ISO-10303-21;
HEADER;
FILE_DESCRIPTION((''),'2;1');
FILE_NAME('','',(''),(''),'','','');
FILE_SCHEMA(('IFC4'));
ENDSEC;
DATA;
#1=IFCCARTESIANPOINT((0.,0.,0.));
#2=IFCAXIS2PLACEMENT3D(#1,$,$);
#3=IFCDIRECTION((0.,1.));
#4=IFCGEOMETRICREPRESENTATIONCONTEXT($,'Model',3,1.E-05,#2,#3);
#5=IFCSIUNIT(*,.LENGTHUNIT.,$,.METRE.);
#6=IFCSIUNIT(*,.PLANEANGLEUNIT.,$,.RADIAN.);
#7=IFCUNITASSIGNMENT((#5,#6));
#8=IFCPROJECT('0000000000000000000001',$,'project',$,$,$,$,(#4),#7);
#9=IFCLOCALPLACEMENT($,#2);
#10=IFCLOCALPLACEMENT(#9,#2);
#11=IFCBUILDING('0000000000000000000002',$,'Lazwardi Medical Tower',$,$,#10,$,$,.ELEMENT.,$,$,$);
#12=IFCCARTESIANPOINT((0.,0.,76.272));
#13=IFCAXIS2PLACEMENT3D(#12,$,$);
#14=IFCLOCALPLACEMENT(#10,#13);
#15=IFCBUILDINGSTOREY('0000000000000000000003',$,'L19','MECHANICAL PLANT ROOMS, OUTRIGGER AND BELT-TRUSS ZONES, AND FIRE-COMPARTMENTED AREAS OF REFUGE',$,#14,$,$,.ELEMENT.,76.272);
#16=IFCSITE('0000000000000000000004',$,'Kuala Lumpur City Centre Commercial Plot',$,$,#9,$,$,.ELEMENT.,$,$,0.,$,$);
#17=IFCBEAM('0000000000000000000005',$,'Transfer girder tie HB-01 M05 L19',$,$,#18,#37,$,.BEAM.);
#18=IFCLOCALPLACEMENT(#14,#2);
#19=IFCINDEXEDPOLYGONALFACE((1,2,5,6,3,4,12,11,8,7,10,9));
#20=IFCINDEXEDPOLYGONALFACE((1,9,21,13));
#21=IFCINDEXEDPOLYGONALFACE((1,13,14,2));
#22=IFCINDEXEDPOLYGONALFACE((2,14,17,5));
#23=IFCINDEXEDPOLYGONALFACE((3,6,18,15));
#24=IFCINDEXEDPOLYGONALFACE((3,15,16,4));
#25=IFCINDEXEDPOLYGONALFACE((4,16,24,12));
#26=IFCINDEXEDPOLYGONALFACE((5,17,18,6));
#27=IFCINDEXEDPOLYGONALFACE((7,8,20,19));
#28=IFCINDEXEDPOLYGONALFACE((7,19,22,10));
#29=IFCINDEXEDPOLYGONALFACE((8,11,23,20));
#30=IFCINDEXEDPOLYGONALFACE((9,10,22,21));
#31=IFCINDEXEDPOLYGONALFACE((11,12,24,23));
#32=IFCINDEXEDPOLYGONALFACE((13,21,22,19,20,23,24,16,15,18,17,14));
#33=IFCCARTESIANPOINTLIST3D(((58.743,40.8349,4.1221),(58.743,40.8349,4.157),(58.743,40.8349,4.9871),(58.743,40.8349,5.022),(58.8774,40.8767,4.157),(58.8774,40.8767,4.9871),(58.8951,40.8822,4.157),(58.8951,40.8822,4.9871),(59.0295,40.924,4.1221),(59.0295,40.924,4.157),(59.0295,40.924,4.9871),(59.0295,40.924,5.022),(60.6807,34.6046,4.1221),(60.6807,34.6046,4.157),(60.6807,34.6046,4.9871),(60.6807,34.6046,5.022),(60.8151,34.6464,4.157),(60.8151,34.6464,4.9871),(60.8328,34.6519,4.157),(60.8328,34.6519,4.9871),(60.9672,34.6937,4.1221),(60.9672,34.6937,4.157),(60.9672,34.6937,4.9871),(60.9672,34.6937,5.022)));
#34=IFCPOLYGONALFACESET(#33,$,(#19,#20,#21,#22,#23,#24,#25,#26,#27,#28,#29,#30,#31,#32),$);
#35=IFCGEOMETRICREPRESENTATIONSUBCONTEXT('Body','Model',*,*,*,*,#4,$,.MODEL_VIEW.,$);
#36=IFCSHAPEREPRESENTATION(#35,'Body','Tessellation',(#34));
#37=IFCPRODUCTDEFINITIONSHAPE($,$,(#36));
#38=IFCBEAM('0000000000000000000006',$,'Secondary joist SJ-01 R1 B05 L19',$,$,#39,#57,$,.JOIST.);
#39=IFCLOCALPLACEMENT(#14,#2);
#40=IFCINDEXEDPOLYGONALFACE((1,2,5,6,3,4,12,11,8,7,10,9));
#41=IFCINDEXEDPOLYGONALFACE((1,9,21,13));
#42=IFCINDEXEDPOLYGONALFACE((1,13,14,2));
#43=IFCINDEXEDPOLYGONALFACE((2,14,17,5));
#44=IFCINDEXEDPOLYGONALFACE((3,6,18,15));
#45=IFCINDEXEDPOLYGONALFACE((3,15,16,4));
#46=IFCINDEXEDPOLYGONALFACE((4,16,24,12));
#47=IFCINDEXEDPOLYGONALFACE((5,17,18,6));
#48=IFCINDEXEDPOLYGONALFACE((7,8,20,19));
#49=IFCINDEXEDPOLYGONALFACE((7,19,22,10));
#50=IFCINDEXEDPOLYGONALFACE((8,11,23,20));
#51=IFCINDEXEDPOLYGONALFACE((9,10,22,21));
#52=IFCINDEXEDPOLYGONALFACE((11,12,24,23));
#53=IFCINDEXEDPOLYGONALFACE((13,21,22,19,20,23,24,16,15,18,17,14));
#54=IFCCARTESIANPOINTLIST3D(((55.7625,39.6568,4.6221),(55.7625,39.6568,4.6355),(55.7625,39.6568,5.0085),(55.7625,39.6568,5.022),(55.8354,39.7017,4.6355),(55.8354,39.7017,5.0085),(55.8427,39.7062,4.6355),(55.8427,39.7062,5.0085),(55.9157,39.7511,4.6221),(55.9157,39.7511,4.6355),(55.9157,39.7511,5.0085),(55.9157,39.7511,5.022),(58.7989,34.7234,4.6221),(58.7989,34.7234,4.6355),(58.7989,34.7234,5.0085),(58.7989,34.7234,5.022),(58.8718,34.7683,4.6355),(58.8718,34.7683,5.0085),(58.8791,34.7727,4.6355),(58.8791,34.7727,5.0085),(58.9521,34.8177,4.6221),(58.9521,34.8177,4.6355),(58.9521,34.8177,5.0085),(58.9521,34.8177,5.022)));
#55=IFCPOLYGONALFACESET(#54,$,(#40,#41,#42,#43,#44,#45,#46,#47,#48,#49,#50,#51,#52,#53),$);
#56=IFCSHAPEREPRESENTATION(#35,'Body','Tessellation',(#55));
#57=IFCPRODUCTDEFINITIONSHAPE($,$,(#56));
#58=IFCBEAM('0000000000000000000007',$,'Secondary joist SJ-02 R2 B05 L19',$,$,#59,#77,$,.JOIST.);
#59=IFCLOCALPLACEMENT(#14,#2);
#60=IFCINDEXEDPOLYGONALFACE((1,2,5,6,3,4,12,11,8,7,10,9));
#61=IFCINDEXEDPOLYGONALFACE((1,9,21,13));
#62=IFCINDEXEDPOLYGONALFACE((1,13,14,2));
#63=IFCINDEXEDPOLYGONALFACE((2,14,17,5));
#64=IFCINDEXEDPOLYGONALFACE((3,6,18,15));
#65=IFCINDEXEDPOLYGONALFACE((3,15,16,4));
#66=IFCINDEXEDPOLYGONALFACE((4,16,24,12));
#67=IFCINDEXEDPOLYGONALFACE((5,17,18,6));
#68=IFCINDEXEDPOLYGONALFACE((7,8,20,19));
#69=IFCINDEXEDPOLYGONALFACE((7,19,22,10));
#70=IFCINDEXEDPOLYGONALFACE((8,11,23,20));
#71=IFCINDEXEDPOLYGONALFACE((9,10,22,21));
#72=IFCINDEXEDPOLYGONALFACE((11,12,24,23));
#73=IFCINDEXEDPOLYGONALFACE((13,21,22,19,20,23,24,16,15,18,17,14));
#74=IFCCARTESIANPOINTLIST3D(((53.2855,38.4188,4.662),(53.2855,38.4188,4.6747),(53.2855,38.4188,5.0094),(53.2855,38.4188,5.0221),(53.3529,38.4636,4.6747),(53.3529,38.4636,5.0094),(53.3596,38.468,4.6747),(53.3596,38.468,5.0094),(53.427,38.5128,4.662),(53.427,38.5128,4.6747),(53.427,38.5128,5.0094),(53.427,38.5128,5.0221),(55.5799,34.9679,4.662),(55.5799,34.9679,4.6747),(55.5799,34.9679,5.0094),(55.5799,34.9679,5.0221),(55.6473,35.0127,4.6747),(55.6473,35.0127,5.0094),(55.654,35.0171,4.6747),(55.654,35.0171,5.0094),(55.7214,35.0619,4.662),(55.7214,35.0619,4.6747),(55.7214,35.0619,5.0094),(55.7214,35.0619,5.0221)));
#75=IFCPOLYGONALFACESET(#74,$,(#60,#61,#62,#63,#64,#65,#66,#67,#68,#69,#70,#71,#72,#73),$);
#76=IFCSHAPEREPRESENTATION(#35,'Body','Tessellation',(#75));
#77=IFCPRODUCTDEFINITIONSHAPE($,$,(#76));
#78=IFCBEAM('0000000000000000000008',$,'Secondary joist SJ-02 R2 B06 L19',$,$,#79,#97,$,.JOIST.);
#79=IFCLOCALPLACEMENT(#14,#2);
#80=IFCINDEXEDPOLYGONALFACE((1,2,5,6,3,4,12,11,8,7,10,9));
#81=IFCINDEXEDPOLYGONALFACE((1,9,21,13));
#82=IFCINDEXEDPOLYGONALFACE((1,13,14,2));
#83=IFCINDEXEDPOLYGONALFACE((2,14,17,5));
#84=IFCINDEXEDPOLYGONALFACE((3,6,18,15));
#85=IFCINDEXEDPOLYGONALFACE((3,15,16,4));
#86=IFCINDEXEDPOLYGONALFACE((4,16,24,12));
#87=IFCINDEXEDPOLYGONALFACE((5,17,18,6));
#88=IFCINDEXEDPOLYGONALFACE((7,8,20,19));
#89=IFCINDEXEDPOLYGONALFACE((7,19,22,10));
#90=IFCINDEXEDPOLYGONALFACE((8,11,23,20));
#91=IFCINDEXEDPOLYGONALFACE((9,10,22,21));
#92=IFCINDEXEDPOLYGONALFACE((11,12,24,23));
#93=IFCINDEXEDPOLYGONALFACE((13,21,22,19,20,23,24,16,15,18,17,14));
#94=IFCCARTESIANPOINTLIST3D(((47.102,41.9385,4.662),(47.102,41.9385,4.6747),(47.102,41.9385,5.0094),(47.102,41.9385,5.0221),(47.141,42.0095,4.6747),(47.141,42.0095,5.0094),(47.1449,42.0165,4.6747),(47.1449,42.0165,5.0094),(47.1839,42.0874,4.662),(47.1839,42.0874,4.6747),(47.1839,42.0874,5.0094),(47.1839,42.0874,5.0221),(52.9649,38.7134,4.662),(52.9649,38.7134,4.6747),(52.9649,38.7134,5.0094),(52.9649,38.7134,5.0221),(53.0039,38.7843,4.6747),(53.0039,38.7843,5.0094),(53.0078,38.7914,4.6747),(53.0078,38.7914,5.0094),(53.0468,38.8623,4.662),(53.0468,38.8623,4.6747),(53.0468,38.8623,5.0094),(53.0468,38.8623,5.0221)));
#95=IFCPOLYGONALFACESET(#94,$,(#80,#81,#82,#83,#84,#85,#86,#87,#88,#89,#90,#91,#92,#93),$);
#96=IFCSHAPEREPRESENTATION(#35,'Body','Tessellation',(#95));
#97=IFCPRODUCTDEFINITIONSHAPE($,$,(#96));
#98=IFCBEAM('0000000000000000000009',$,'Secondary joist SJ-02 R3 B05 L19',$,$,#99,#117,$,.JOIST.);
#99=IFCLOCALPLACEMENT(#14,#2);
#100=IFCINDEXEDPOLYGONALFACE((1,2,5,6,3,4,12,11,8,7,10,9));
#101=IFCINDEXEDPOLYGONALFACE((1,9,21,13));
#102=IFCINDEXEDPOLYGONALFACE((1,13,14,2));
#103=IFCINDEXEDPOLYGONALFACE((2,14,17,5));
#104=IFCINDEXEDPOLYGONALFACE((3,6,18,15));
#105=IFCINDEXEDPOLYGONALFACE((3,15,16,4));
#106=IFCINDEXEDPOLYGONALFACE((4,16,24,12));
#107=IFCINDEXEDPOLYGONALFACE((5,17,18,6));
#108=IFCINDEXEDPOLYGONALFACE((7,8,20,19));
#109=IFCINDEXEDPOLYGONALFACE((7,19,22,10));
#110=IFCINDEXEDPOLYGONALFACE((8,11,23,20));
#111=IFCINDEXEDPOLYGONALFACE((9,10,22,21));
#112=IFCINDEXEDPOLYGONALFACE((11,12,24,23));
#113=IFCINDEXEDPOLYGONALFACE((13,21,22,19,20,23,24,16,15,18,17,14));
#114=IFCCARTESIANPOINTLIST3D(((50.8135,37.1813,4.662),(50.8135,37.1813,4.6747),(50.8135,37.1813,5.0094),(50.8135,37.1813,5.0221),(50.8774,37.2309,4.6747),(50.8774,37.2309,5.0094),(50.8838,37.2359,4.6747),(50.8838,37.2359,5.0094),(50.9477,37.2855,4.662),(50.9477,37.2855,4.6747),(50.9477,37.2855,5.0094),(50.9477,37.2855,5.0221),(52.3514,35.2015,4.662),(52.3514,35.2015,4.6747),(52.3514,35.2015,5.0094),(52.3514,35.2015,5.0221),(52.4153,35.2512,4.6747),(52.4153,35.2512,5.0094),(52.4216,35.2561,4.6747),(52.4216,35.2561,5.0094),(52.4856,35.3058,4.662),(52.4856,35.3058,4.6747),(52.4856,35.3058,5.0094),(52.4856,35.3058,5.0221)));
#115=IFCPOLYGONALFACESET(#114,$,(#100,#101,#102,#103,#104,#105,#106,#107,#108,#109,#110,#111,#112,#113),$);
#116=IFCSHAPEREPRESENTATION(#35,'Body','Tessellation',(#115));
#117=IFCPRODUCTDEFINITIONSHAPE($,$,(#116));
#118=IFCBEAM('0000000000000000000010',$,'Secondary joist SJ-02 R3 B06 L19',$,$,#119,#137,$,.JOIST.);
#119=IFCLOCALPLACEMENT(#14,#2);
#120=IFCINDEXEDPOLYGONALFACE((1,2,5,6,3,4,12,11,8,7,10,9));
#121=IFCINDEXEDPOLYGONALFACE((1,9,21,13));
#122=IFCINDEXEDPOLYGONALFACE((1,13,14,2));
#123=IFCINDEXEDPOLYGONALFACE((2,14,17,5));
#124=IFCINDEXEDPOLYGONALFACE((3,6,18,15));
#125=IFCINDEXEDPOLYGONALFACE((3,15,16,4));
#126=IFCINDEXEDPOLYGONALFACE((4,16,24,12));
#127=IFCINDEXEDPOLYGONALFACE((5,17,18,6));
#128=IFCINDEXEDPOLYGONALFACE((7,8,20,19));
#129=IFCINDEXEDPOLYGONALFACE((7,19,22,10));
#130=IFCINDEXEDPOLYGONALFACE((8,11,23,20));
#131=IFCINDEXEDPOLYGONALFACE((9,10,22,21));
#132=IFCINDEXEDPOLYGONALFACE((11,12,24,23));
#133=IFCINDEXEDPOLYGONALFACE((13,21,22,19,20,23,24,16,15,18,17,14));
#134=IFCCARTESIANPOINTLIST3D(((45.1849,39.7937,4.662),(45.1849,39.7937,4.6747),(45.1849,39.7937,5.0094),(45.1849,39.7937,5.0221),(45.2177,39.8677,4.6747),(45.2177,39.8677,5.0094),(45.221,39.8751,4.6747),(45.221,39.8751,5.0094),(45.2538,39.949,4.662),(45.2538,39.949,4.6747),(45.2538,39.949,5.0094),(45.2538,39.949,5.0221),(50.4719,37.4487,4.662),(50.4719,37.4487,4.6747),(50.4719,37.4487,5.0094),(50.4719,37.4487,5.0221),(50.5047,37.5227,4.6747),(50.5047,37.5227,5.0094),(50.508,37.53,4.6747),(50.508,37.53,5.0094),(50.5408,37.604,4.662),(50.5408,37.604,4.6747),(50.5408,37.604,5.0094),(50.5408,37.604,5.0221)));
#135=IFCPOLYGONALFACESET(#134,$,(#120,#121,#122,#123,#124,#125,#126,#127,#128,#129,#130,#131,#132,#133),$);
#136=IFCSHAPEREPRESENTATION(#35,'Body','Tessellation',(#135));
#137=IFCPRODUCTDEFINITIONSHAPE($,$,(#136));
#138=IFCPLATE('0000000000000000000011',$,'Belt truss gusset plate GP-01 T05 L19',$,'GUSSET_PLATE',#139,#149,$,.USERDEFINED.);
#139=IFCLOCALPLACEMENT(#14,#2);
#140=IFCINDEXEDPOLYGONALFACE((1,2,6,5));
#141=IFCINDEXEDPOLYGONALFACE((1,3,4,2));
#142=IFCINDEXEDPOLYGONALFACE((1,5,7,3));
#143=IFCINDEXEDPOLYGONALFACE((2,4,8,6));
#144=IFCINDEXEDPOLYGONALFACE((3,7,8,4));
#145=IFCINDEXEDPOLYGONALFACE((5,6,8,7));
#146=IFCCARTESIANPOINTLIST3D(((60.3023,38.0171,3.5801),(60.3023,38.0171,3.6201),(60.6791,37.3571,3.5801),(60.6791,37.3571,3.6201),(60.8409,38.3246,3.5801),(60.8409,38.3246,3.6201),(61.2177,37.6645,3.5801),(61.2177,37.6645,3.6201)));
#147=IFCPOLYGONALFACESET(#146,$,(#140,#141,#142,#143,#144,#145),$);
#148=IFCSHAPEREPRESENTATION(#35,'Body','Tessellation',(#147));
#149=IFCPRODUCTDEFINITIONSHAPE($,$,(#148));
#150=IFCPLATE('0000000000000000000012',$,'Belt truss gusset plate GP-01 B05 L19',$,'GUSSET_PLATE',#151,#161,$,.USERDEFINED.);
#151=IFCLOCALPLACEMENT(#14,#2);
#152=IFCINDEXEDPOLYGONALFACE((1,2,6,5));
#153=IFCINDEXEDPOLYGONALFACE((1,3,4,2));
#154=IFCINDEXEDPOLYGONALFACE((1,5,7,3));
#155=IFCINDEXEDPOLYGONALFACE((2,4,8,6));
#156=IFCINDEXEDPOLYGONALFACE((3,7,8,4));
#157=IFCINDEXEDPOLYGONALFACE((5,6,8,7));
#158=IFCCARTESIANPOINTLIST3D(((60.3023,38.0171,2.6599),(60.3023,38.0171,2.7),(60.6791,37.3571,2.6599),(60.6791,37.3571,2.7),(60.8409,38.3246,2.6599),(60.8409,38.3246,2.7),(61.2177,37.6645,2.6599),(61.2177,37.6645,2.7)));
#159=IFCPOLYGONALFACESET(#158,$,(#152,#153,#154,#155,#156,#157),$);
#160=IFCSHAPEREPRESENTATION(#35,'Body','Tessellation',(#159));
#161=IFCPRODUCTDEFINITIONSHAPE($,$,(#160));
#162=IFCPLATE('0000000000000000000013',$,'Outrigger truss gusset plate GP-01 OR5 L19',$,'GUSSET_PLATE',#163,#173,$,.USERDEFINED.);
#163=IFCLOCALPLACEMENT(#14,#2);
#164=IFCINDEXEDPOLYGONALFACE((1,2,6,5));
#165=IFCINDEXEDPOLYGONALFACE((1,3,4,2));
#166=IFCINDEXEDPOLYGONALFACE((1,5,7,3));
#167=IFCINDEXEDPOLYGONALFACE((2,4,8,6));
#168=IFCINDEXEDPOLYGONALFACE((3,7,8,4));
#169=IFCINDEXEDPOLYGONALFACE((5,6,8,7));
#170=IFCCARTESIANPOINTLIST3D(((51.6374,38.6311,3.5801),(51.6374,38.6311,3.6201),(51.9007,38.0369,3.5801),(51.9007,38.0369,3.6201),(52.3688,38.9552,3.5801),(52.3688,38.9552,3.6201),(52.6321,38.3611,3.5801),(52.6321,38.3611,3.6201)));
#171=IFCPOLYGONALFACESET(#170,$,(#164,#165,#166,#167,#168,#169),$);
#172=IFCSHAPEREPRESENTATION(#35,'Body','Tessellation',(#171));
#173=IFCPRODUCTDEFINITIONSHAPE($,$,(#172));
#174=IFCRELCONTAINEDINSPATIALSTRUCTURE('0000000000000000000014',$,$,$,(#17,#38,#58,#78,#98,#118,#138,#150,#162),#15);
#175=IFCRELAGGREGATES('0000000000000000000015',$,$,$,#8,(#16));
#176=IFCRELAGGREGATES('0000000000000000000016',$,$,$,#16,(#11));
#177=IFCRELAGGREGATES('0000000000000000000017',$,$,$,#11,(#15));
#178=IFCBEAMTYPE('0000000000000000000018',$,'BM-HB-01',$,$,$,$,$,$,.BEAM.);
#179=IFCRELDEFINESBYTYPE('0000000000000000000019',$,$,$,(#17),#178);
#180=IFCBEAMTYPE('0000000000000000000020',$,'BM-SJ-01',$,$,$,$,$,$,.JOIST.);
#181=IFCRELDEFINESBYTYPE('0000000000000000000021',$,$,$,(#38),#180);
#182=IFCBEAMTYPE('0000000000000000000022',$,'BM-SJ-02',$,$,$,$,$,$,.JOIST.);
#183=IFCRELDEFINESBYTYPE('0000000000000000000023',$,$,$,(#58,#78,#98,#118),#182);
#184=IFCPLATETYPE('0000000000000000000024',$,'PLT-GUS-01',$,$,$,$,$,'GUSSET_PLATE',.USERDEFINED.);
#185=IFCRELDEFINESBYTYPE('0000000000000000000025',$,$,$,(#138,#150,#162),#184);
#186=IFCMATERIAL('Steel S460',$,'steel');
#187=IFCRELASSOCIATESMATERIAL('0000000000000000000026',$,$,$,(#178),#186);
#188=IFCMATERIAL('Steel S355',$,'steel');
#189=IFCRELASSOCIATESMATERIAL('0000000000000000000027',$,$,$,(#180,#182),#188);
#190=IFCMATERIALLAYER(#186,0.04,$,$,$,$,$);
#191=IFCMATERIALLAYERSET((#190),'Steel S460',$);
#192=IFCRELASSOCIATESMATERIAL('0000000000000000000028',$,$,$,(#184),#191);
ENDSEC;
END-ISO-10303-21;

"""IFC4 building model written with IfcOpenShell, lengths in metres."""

from ifc_helpers import new_model, si_unit, direction, frame, origin, origin_2d, place, context, subcontext, project, spatial, rectangle, i_section, extrude, material, layer, layer_set, material_profile, profile_set, type_object, element, save


model = new_model("IFC4")

# Units and contexts
model_context = context("Model", 3, precision=1e-05, world=origin(), true_north=direction((0.0, 1.0)))
body_context = subcontext(model_context, "Body", "Model", "MODEL_VIEW")
ifc_project = project(units=[si_unit("LENGTHUNIT", "METRE"), si_unit("PLANEANGLEUNIT", "RADIAN")], contexts=[model_context])

# Site, building, storey
site_placement = place(None, origin())
site = spatial("IfcSite", under=ifc_project, at=site_placement, Name="Kuala Lumpur City Centre Commercial Plot", CompositionType="ELEMENT", RefElevation=0.0)
building_placement = place(site_placement, origin())
building = spatial("IfcBuilding", under=site, at=building_placement, Name="Lazwardi Medical Tower", CompositionType="ELEMENT")
storey_placement = place(building_placement, frame((0.0, 0.0, 76.272)))
storey = spatial("IfcBuildingStorey", under=building, at=storey_placement, Name="L19", Description="MECHANICAL PLANT ROOMS, OUTRIGGER AND BELT-TRUSS ZONES, AND FIRE-COMPARTMENTED AREAS OF REFUGE", CompositionType="ELEMENT", Elevation=76.272)

# Beams
ifc_material_1 = material(Name="Steel S460", Category="steel")
ifc_material_profile_1 = material_profile(ifc_material_1, i_section(OverallWidth=0.3, OverallDepth=0.8999, WebThickness=0.0186, FlangeThickness=0.0349, at=origin_2d()), Name="HEB 900")
ifc_profile_set_1 = profile_set([ifc_material_profile_1], Name="Steel S460")
beam_type_1 = type_object("IfcBeamType", Name="BM-HB-01", PredefinedType="BEAM", material=ifc_profile_set_1)
beam_1_placement = place(storey_placement, frame((60.824, 34.6492, 4.572), z_axis=(-0.29699, 0.954881, 0.0), x_axis=(-0.954881, -0.29699, 0.0)))
element("IfcBeam", 1, at=beam_1_placement, inside=storey, type_object=beam_type_1, Name="Transfer girder tie HB-01 M05 L19", PredefinedType="BEAM", context=body_context, shape_type="SweptSolid", body=[
    extrude(i_section(OverallWidth=0.3, OverallDepth=0.8999, WebThickness=0.0186, FlangeThickness=0.0349, at=origin_2d()), origin(), (0.0, 0.0, 1.0), 6.5247),
])
ifc_material_2 = material(Name="Steel S355", Category="steel")
ifc_material_profile_2 = material_profile(ifc_material_2, i_section(OverallWidth=0.1799, OverallDepth=0.3999, WebThickness=0.0085, FlangeThickness=0.0134, at=origin_2d()), Name="IPE 400")
ifc_profile_set_2 = profile_set([ifc_material_profile_2], Name="Steel S355")
beam_type_2 = type_object("IfcBeamType", Name="BM-SJ-01", PredefinedType="JOIST", material=ifc_profile_set_2)
beam_2_placement = place(storey_placement, frame((58.8755, 34.7705, 4.822), z_axis=(-0.524156, 0.851622, 0.0), x_axis=(-0.851622, -0.524156, 0.0)))
element("IfcBeam", 2, at=beam_2_placement, inside=storey, type_object=beam_type_2, Name="Secondary joist SJ-01 R1 B05 L19", PredefinedType="JOIST", context=body_context, shape_type="SweptSolid", body=[
    extrude(i_section(OverallWidth=0.1799, OverallDepth=0.3999, WebThickness=0.0085, FlangeThickness=0.0134, at=origin_2d()), origin(), (0.0, 0.0, 1.0), 5.793),
])
ifc_material_profile_3 = material_profile(ifc_material_2, i_section(OverallWidth=0.1699, OverallDepth=0.3601, WebThickness=0.0081, FlangeThickness=0.0127, at=origin_2d()), Name="IPE 360")
ifc_profile_set_3 = profile_set([ifc_material_profile_3], Name="Steel S355")
beam_type_3 = type_object("IfcBeamType", Name="BM-SJ-02", PredefinedType="JOIST", material=ifc_profile_set_3)
beam_3_placement = place(storey_placement, frame((55.6506, 35.0149, 4.842), z_axis=(-0.553667, 0.832738, 0.0), x_axis=(-0.832738, -0.553667, 0.0)))
element("IfcBeam", 3, at=beam_3_placement, inside=storey, type_object=beam_type_3, Name="Secondary joist SJ-02 R2 B05 L19", PredefinedType="JOIST", context=body_context, shape_type="SweptSolid", body=[
    extrude(i_section(OverallWidth=0.1699, OverallDepth=0.3601, WebThickness=0.0081, FlangeThickness=0.0127, at=origin_2d()), origin(), (0.0, 0.0, 1.0), 4.144),
])
beam_4_placement = place(storey_placement, frame((53.0059, 38.7878, 4.842), z_axis=(-0.87618, 0.481983, 0.0), x_axis=(-0.481983, -0.87618, 0.0)))
element("IfcBeam", 4, at=beam_4_placement, inside=storey, type_object=beam_type_3, Name="Secondary joist SJ-02 R2 B06 L19", PredefinedType="JOIST", context=body_context, shape_type="SweptSolid", body=[
    extrude(i_section(OverallWidth=0.1699, OverallDepth=0.3601, WebThickness=0.0081, FlangeThickness=0.0127, at=origin_2d()), origin(), (0.0, 0.0, 1.0), 6.6914),
])
beam_5_placement = place(storey_placement, frame((52.4185, 35.2537, 4.842), z_axis=(-0.613455, 0.78973, 0.0), x_axis=(-0.78973, -0.613455, 0.0)))
element("IfcBeam", 5, at=beam_5_placement, inside=storey, type_object=beam_type_3, Name="Secondary joist SJ-02 R3 B05 L19", PredefinedType="JOIST", context=body_context, shape_type="SweptSolid", body=[
    extrude(i_section(OverallWidth=0.1699, OverallDepth=0.3601, WebThickness=0.0081, FlangeThickness=0.0127, at=origin_2d()), origin(), (0.0, 0.0, 1.0), 2.5068),
])
beam_6_placement = place(storey_placement, frame((50.5063, 37.5264, 4.842), z_axis=(-0.914116, 0.405453, 0.0), x_axis=(-0.405453, -0.914116, 0.0)))
element("IfcBeam", 6, at=beam_6_placement, inside=storey, type_object=beam_type_3, Name="Secondary joist SJ-02 R3 B06 L19", PredefinedType="JOIST", context=body_context, shape_type="SweptSolid", body=[
    extrude(i_section(OverallWidth=0.1699, OverallDepth=0.3601, WebThickness=0.0081, FlangeThickness=0.0127, at=origin_2d()), origin(), (0.0, 0.0, 1.0), 5.7837),
])

# Plates
ifc_layer_1 = layer(ifc_material_1, 0.04)
ifc_layer_set_1 = layer_set([ifc_layer_1], Name="Steel S460")
plate_type = type_object("IfcPlateType", Name="PLT-GUS-01", ElementType="GUSSET_PLATE", PredefinedType="USERDEFINED", material=ifc_layer_set_1)
for number, where, z_axis, x_axis, name in (
    (7, (60.76, 37.8408, 3.5801), (0.0, 0.0, 1.0), (-0.495762, 0.868459, 0.0), "Belt truss gusset plate GP-01 T05 L19"),
    (8, (60.76, 37.8408, 2.6599), (0.0, 0.0, 1.0), (-0.495762, 0.868459, 0.0), "Belt truss gusset plate GP-01 B05 L19"),
):
    element("IfcPlate", number, at=place(storey_placement, frame(where, z_axis=z_axis, x_axis=x_axis)), inside=storey, type_object=plate_type, Name=name, ObjectType="GUSSET_PLATE", PredefinedType="USERDEFINED", context=body_context, shape_type="SweptSolid", body=[
        extrude(rectangle(XDim=0.76, YDim=0.6201, at=origin_2d()), origin(), (0.0, 0.0, 1.0), 0.04),
    ])
plate_placement = place(storey_placement, frame((52.1348, 38.4961, 3.5801), z_axis=(0.0, 0.0, 1.0), x_axis=(0.914254, 0.405142, 0.0)))
element("IfcPlate", 9, at=plate_placement, inside=storey, type_object=plate_type, Name="Outrigger truss gusset plate GP-01 OR5 L19", ObjectType="GUSSET_PLATE", PredefinedType="USERDEFINED", context=body_context, shape_type="SweptSolid", body=[
    extrude(rectangle(XDim=0.8, YDim=0.6499, at=origin_2d()), origin(), (0.0, 0.0, 1.0), 0.04),
])

save(model, "model.ifc")
